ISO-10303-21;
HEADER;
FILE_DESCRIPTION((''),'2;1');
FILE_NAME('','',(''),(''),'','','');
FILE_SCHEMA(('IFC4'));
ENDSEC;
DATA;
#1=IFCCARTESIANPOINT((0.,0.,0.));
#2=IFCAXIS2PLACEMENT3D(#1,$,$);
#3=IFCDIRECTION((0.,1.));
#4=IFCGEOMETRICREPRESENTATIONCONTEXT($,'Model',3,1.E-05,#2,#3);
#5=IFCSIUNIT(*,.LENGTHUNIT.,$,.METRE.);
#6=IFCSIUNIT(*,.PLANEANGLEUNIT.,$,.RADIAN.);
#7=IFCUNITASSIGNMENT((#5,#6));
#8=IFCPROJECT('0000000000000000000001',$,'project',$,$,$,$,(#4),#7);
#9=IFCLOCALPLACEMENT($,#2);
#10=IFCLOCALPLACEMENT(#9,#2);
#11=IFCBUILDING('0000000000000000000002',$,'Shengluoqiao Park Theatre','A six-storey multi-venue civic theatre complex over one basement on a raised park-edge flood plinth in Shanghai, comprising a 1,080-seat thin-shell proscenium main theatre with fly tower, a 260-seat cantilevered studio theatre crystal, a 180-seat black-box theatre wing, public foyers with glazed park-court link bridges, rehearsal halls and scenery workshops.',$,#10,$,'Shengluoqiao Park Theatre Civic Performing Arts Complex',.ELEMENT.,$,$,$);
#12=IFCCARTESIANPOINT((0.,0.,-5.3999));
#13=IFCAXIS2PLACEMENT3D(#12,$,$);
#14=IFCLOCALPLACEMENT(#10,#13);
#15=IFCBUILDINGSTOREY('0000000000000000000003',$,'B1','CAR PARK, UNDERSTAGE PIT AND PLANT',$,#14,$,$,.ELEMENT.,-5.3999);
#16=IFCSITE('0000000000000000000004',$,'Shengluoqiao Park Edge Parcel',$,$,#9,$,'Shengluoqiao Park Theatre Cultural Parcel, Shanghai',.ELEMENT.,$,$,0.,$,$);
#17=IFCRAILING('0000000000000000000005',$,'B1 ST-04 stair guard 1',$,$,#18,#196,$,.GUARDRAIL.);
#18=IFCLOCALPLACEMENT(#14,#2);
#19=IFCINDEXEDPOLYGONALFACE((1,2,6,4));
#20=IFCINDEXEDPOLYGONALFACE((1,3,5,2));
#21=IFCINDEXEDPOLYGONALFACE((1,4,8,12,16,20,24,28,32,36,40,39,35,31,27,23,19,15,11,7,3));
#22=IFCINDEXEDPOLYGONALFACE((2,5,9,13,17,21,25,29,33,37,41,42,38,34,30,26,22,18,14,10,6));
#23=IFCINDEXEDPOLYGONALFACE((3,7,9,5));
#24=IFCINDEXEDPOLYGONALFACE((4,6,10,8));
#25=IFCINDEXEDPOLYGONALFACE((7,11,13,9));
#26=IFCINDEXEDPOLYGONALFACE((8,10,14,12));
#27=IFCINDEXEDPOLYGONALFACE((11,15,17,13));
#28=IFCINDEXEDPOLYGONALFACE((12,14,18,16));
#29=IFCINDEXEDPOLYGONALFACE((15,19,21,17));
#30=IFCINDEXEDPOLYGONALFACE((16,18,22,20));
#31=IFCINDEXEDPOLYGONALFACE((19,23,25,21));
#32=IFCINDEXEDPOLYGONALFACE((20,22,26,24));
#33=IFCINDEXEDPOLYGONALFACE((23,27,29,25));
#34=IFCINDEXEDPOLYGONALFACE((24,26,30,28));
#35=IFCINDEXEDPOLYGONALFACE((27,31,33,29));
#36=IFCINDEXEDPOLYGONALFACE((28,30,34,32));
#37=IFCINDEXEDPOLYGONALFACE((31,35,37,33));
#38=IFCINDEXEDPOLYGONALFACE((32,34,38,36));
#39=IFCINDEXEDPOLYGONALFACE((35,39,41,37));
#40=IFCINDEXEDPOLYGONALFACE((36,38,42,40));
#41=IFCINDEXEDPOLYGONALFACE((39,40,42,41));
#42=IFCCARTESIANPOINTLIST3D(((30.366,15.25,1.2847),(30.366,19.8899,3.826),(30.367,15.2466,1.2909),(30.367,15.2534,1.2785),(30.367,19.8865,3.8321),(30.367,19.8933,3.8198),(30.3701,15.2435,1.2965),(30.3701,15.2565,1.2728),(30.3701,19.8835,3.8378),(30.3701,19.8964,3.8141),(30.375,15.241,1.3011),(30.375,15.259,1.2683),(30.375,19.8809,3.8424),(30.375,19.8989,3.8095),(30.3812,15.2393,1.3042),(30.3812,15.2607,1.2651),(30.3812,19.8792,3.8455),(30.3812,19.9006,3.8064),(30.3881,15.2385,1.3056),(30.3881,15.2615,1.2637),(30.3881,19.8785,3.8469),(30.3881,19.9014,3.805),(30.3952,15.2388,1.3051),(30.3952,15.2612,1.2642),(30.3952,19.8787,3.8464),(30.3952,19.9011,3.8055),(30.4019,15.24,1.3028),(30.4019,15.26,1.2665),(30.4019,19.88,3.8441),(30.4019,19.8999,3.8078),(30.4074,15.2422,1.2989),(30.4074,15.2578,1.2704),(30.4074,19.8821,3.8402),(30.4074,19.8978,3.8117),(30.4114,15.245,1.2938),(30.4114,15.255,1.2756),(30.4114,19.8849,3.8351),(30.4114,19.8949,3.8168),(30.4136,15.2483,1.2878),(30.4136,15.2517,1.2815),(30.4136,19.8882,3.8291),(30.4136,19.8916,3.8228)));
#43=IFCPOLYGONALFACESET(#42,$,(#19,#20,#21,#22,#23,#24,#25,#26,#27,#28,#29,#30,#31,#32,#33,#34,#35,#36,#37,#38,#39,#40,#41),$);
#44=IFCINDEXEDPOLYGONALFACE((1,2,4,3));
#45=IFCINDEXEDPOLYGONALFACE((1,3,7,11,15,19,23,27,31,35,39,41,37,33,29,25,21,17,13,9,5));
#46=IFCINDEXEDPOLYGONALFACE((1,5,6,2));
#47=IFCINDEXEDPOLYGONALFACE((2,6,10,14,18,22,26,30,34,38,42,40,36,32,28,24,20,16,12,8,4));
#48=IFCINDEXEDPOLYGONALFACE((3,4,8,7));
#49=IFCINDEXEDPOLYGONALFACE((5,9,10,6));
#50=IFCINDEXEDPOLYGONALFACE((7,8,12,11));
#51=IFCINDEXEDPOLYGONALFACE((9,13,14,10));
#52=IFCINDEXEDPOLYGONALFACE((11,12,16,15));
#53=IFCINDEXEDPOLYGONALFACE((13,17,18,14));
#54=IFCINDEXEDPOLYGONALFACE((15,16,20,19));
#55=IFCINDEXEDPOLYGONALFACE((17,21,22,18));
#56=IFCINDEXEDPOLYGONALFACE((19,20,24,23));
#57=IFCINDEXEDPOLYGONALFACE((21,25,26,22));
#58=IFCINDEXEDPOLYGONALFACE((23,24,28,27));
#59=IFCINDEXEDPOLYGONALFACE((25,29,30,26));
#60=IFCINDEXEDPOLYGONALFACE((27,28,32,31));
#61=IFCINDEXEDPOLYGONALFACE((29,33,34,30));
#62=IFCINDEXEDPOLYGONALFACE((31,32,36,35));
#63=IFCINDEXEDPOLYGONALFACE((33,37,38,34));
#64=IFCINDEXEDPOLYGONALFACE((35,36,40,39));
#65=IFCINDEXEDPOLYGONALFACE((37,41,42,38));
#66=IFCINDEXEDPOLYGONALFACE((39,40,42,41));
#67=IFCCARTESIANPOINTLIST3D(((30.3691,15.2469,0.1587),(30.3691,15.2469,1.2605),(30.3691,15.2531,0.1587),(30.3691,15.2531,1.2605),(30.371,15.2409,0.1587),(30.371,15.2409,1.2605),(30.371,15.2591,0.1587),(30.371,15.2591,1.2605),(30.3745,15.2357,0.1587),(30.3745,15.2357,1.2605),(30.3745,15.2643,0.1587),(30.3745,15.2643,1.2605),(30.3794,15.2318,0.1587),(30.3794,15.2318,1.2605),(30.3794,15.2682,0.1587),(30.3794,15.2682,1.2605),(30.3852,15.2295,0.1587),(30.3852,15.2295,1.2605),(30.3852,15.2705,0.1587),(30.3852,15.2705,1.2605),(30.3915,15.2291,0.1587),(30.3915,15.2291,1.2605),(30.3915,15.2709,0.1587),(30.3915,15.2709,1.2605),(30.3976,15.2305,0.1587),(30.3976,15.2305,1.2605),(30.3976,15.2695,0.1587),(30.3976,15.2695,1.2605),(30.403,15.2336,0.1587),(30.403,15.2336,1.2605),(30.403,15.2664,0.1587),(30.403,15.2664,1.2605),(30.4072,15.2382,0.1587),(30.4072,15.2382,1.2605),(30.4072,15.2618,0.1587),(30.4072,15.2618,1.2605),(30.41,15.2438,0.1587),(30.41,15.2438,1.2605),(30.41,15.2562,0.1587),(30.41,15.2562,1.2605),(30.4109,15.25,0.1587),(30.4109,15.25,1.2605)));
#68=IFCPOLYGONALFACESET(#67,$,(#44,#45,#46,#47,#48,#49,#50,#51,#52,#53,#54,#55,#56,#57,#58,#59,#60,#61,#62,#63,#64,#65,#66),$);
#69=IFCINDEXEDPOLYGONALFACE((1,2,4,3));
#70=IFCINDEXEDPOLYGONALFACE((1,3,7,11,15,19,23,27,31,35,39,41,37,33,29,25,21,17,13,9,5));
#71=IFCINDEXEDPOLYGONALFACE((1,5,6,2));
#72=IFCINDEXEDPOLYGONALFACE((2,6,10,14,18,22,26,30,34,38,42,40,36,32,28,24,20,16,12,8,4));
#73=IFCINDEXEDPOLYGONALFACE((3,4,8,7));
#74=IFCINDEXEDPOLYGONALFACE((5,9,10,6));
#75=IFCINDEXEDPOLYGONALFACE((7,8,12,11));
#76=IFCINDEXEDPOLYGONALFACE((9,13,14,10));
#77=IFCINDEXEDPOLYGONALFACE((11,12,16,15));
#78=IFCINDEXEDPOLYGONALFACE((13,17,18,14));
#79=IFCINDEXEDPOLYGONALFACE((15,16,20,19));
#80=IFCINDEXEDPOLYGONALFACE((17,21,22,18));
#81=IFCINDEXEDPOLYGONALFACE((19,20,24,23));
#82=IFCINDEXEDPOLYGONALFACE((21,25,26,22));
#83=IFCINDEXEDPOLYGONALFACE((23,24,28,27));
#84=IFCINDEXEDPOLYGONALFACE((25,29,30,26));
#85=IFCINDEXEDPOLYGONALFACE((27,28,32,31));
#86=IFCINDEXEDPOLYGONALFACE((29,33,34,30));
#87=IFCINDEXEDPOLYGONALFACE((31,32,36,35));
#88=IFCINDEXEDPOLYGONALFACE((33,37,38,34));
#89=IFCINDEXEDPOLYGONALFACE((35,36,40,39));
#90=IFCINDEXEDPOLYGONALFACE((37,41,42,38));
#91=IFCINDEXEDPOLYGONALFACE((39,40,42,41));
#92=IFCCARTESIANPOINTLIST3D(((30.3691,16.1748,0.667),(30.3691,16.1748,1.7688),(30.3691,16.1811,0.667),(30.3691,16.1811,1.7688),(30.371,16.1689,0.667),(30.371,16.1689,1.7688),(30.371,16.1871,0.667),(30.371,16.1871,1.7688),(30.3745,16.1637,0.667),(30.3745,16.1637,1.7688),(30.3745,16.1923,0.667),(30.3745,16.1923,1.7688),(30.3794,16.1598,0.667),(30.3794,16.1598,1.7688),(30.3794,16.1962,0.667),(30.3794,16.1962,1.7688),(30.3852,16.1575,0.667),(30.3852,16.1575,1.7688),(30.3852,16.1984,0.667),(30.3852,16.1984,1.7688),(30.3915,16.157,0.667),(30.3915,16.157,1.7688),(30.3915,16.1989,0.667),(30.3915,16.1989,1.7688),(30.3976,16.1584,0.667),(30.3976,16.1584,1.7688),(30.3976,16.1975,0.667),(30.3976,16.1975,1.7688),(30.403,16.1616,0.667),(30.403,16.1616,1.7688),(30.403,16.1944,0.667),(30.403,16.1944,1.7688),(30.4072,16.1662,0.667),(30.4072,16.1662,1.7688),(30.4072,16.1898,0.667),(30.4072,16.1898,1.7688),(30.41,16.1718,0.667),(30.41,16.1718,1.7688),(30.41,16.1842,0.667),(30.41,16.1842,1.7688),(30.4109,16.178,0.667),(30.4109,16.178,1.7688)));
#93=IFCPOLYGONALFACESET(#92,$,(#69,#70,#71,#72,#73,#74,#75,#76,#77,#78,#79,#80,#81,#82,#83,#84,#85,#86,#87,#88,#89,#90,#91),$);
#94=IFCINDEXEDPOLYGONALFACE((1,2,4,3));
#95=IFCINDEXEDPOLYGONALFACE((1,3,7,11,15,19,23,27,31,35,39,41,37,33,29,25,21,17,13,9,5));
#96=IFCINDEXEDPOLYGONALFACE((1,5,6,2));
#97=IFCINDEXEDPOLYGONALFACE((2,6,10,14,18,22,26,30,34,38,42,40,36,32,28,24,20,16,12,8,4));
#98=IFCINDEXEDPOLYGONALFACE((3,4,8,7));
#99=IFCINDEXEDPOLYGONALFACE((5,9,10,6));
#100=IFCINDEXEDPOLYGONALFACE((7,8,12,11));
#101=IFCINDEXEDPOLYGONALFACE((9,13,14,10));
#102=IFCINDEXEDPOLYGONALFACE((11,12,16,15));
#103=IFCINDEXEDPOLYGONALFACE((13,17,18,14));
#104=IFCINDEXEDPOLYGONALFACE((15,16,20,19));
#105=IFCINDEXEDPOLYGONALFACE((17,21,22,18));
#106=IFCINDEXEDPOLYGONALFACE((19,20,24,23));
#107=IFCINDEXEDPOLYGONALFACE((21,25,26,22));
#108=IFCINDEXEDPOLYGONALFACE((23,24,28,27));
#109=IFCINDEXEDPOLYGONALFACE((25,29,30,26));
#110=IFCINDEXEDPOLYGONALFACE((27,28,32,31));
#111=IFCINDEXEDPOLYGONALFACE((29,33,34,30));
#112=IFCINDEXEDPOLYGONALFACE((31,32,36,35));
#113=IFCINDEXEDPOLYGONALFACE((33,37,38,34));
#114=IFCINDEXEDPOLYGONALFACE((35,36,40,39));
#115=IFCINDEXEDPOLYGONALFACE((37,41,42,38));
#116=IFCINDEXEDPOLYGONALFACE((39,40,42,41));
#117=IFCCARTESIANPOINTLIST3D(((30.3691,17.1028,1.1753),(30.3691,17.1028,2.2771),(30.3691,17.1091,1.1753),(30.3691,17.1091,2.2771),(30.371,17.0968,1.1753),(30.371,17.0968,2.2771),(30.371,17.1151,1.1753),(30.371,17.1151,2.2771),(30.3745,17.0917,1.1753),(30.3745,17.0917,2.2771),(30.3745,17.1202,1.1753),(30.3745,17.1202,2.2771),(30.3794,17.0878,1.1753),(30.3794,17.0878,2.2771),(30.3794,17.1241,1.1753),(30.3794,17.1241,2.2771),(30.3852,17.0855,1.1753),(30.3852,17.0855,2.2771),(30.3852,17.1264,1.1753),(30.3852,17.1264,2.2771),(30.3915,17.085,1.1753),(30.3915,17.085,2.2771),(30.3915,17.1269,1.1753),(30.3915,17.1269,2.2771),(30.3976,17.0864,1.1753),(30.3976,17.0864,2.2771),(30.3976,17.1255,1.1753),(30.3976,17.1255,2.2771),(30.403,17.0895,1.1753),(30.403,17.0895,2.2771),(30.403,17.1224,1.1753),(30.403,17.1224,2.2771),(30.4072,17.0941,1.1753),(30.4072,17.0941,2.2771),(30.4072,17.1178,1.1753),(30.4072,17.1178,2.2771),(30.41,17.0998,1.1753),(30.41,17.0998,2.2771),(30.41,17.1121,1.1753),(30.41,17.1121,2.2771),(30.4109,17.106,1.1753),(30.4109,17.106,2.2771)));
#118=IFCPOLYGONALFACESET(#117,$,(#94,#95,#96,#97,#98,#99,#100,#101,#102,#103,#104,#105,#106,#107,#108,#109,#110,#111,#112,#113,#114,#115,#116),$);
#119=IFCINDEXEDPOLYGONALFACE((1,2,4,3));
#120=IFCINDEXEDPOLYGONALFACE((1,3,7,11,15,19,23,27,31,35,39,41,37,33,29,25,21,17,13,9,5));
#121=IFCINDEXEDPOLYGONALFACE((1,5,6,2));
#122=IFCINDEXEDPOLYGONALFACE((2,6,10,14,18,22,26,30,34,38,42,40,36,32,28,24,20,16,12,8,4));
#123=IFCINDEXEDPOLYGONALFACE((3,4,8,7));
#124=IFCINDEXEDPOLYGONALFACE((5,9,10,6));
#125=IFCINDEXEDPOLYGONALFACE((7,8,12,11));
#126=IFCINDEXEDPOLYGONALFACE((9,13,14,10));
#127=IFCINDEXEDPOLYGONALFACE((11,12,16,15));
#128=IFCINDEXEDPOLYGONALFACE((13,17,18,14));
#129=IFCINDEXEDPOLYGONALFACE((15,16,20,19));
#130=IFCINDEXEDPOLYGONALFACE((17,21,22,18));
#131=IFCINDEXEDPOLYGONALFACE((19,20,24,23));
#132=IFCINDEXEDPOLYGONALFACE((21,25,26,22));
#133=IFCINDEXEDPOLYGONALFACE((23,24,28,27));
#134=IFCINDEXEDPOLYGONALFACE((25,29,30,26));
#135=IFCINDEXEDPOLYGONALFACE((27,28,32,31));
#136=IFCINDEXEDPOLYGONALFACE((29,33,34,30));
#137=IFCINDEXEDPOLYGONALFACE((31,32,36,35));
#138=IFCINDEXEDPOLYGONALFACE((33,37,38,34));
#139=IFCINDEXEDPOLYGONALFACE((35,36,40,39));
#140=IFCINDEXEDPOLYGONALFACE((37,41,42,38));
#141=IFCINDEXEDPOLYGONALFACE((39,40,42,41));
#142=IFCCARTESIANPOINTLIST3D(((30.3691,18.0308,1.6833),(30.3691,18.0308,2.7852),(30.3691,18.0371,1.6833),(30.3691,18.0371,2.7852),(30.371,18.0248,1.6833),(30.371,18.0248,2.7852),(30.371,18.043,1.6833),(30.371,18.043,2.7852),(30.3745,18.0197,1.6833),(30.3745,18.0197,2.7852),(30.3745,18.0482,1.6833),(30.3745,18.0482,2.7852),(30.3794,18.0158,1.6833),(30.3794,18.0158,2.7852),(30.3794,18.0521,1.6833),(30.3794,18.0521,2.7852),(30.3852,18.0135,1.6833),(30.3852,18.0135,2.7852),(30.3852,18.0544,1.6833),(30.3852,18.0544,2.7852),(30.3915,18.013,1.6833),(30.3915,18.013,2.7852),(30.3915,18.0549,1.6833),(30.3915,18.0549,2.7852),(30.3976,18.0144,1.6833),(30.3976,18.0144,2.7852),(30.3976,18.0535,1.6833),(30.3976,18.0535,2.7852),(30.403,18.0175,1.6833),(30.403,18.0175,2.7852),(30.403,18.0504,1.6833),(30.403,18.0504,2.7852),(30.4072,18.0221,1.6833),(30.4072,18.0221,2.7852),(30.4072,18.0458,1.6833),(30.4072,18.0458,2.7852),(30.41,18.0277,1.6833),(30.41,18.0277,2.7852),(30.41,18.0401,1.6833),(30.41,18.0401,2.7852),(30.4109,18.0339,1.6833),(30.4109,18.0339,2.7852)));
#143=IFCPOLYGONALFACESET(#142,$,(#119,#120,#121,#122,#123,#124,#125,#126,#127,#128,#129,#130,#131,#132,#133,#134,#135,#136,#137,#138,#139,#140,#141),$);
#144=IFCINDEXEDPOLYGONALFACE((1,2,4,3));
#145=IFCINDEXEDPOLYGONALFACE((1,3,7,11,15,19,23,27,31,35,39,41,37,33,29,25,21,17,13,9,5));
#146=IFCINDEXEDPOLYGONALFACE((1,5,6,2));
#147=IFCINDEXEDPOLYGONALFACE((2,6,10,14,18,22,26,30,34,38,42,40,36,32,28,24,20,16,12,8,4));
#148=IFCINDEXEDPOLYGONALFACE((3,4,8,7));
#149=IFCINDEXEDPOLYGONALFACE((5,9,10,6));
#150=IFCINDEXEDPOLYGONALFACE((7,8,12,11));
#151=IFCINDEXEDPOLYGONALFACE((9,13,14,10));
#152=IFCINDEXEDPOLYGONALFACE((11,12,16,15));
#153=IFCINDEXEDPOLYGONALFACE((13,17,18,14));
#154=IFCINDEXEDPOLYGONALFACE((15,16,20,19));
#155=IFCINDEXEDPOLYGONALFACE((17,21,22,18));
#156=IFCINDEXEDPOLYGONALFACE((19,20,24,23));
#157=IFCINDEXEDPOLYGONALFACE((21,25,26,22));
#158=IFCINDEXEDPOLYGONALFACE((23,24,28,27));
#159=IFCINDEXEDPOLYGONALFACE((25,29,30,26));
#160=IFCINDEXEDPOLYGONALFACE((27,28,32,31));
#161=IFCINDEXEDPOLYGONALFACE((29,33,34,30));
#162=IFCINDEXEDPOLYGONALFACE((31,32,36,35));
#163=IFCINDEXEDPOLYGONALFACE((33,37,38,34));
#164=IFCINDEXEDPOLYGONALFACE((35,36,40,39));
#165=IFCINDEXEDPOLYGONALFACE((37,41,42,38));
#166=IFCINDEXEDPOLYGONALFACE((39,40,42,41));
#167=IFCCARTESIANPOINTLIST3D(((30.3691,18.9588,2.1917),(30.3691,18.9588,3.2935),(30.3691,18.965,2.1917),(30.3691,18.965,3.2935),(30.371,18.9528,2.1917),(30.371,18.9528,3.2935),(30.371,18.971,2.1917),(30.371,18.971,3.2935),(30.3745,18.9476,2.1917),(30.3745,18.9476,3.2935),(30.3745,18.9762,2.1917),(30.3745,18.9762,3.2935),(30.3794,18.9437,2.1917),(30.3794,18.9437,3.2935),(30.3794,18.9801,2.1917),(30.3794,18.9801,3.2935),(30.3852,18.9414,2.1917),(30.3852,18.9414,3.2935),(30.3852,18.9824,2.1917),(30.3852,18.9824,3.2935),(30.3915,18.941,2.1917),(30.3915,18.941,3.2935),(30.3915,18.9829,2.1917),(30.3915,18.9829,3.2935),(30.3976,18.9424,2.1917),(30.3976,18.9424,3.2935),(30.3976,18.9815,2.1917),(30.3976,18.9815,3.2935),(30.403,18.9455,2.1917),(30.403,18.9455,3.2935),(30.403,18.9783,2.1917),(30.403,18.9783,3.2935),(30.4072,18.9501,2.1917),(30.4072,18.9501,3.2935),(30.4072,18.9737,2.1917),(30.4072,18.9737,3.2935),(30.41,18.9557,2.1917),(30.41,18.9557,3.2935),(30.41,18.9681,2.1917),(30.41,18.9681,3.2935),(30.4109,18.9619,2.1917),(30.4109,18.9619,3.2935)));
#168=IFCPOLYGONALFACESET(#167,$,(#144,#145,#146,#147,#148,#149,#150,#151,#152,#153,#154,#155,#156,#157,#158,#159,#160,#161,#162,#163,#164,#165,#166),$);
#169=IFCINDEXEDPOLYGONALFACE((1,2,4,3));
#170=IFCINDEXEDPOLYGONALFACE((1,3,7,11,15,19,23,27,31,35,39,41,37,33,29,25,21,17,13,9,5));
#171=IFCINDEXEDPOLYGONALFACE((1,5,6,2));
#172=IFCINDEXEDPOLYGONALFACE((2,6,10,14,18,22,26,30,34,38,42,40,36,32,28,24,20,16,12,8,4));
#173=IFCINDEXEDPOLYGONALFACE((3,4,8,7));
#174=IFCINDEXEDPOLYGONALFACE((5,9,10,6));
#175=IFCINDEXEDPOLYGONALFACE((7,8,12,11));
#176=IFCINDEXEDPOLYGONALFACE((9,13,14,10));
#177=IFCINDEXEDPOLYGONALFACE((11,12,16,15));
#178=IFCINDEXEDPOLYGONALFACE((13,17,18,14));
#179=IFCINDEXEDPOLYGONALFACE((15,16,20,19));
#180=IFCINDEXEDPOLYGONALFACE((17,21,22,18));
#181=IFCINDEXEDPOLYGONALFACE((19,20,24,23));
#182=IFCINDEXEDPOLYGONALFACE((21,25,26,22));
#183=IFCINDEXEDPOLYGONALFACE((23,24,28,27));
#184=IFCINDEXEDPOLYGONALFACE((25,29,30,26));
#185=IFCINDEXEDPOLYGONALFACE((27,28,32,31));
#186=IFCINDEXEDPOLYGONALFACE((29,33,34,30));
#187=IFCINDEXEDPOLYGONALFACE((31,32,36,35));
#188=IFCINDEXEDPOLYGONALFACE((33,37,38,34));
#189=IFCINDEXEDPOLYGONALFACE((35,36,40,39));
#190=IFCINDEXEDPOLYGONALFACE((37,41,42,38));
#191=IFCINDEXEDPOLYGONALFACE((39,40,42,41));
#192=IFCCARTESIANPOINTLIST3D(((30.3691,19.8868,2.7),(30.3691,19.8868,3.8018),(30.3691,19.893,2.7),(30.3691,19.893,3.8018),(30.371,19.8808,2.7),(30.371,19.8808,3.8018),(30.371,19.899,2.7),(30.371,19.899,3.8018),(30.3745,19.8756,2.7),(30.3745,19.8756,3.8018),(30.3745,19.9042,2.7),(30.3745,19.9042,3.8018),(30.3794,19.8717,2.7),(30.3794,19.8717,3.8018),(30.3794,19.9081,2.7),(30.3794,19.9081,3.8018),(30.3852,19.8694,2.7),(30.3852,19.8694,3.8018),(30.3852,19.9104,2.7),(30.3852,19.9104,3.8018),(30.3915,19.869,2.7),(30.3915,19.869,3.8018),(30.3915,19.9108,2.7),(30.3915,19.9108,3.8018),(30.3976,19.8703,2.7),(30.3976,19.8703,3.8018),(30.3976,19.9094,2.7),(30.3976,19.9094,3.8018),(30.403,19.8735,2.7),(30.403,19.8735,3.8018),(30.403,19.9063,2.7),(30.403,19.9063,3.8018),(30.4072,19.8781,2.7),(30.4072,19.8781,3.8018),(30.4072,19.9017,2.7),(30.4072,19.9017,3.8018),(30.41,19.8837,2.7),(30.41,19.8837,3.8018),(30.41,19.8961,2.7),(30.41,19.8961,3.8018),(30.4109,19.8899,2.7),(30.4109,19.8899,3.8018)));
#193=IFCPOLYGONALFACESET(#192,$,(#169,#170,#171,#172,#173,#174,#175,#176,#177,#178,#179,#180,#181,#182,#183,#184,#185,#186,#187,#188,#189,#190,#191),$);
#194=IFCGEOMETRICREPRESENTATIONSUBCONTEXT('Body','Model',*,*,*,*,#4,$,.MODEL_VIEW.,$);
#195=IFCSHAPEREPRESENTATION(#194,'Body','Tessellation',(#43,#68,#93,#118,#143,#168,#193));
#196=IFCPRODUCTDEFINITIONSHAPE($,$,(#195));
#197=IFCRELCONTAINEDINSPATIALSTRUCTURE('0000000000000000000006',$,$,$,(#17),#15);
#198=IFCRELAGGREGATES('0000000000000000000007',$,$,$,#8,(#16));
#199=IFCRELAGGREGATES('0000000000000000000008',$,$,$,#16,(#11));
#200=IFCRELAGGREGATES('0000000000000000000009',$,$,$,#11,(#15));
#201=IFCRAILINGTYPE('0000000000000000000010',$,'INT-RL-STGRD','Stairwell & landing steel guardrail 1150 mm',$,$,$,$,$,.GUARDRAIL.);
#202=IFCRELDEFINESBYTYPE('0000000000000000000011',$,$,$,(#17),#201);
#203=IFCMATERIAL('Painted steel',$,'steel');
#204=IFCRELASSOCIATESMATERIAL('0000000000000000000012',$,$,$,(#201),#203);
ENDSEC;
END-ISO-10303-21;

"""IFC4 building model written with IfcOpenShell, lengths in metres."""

from ifc_helpers import new_model, si_unit, direction, frame, origin, origin_2d, place, context, subcontext, project, spatial, circle, extrude, material, type_object, element, save


model = new_model("IFC4")

# Units and contexts
model_context = context("Model", 3, precision=1e-05, world=origin(), true_north=direction((0.0, 1.0)))
body_context = subcontext(model_context, "Body", "Model", "MODEL_VIEW")
ifc_project = project(units=[si_unit("LENGTHUNIT", "METRE"), si_unit("PLANEANGLEUNIT", "RADIAN")], contexts=[model_context])

# Site, building, storey
site_placement = place(None, origin())
site = spatial("IfcSite", under=ifc_project, at=site_placement, Name="Shengluoqiao Park Edge Parcel", LongName="Shengluoqiao Park Theatre Cultural Parcel, Shanghai", CompositionType="ELEMENT", RefElevation=0.0)
building_placement = place(site_placement, origin())
building = spatial("IfcBuilding", under=site, at=building_placement, Name="Shengluoqiao Park Theatre", Description="A six-storey multi-venue civic theatre complex over one basement on a raised park-edge flood plinth in Shanghai, comprising a 1,080-seat thin-shell proscenium main theatre with fly tower, a 260-seat cantilevered studio theatre crystal, a 180-seat black-box theatre wing, public foyers with glazed park-court link bridges, rehearsal halls and scenery workshops.", LongName="Shengluoqiao Park Theatre Civic Performing Arts Complex", CompositionType="ELEMENT")
storey_placement = place(building_placement, frame((0.0, 0.0, -5.3999)))
storey = spatial("IfcBuildingStorey", under=building, at=storey_placement, Name="B1", Description="CAR PARK, UNDERSTAGE PIT AND PLANT", CompositionType="ELEMENT", Elevation=-5.3999)

# Railing
ifc_material_1 = material(Name="Painted steel", Category="steel")
railing_type_1 = type_object("IfcRailingType", Name="INT-RL-STGRD", Description="Stairwell & landing steel guardrail 1150 mm", PredefinedType="GUARDRAIL", material=ifc_material_1)
railing_1_placement = place(storey_placement, frame((30.3899, 15.25, 0.1587)))
element("IfcRailing", 1, at=railing_1_placement, inside=storey, type_object=railing_type_1, Name="B1 ST-04 stair guard 1", PredefinedType="GUARDRAIL", context=body_context, shape_type="SweptSolid", body=[
    extrude(circle(Radius=0.0239, at=origin_2d()), frame((0.0, 0.0, 1.126), z_axis=(0.0, 0.877067, 0.480368), x_axis=(-1.0, 0.0, 0.0)), (0.0, 0.0, 1.0), 5.2903),
    extrude(circle(Radius=0.021, at=origin_2d()), origin(), (0.0, 0.0, 1.0), 1.1018),
    extrude(circle(Radius=0.021, at=origin_2d()), frame((0.0, 0.928, 0.5083)), (0.0, 0.0, 1.0), 1.1018),
    extrude(circle(Radius=0.021, at=origin_2d()), frame((0.0, 1.856, 1.0166)), (0.0, 0.0, 1.0), 1.1018),
    extrude(circle(Radius=0.021, at=origin_2d()), frame((0.0, 2.7839, 1.5247)), (0.0, 0.0, 1.0), 1.1018),
    extrude(circle(Radius=0.021, at=origin_2d()), frame((0.0, 3.7119, 2.033)), (0.0, 0.0, 1.0), 1.1018),
    extrude(circle(Radius=0.021, at=origin_2d()), frame((0.0, 4.6399, 2.5413)), (0.0, 0.0, 1.0), 1.1018),
])

save(model, "model.ifc")
